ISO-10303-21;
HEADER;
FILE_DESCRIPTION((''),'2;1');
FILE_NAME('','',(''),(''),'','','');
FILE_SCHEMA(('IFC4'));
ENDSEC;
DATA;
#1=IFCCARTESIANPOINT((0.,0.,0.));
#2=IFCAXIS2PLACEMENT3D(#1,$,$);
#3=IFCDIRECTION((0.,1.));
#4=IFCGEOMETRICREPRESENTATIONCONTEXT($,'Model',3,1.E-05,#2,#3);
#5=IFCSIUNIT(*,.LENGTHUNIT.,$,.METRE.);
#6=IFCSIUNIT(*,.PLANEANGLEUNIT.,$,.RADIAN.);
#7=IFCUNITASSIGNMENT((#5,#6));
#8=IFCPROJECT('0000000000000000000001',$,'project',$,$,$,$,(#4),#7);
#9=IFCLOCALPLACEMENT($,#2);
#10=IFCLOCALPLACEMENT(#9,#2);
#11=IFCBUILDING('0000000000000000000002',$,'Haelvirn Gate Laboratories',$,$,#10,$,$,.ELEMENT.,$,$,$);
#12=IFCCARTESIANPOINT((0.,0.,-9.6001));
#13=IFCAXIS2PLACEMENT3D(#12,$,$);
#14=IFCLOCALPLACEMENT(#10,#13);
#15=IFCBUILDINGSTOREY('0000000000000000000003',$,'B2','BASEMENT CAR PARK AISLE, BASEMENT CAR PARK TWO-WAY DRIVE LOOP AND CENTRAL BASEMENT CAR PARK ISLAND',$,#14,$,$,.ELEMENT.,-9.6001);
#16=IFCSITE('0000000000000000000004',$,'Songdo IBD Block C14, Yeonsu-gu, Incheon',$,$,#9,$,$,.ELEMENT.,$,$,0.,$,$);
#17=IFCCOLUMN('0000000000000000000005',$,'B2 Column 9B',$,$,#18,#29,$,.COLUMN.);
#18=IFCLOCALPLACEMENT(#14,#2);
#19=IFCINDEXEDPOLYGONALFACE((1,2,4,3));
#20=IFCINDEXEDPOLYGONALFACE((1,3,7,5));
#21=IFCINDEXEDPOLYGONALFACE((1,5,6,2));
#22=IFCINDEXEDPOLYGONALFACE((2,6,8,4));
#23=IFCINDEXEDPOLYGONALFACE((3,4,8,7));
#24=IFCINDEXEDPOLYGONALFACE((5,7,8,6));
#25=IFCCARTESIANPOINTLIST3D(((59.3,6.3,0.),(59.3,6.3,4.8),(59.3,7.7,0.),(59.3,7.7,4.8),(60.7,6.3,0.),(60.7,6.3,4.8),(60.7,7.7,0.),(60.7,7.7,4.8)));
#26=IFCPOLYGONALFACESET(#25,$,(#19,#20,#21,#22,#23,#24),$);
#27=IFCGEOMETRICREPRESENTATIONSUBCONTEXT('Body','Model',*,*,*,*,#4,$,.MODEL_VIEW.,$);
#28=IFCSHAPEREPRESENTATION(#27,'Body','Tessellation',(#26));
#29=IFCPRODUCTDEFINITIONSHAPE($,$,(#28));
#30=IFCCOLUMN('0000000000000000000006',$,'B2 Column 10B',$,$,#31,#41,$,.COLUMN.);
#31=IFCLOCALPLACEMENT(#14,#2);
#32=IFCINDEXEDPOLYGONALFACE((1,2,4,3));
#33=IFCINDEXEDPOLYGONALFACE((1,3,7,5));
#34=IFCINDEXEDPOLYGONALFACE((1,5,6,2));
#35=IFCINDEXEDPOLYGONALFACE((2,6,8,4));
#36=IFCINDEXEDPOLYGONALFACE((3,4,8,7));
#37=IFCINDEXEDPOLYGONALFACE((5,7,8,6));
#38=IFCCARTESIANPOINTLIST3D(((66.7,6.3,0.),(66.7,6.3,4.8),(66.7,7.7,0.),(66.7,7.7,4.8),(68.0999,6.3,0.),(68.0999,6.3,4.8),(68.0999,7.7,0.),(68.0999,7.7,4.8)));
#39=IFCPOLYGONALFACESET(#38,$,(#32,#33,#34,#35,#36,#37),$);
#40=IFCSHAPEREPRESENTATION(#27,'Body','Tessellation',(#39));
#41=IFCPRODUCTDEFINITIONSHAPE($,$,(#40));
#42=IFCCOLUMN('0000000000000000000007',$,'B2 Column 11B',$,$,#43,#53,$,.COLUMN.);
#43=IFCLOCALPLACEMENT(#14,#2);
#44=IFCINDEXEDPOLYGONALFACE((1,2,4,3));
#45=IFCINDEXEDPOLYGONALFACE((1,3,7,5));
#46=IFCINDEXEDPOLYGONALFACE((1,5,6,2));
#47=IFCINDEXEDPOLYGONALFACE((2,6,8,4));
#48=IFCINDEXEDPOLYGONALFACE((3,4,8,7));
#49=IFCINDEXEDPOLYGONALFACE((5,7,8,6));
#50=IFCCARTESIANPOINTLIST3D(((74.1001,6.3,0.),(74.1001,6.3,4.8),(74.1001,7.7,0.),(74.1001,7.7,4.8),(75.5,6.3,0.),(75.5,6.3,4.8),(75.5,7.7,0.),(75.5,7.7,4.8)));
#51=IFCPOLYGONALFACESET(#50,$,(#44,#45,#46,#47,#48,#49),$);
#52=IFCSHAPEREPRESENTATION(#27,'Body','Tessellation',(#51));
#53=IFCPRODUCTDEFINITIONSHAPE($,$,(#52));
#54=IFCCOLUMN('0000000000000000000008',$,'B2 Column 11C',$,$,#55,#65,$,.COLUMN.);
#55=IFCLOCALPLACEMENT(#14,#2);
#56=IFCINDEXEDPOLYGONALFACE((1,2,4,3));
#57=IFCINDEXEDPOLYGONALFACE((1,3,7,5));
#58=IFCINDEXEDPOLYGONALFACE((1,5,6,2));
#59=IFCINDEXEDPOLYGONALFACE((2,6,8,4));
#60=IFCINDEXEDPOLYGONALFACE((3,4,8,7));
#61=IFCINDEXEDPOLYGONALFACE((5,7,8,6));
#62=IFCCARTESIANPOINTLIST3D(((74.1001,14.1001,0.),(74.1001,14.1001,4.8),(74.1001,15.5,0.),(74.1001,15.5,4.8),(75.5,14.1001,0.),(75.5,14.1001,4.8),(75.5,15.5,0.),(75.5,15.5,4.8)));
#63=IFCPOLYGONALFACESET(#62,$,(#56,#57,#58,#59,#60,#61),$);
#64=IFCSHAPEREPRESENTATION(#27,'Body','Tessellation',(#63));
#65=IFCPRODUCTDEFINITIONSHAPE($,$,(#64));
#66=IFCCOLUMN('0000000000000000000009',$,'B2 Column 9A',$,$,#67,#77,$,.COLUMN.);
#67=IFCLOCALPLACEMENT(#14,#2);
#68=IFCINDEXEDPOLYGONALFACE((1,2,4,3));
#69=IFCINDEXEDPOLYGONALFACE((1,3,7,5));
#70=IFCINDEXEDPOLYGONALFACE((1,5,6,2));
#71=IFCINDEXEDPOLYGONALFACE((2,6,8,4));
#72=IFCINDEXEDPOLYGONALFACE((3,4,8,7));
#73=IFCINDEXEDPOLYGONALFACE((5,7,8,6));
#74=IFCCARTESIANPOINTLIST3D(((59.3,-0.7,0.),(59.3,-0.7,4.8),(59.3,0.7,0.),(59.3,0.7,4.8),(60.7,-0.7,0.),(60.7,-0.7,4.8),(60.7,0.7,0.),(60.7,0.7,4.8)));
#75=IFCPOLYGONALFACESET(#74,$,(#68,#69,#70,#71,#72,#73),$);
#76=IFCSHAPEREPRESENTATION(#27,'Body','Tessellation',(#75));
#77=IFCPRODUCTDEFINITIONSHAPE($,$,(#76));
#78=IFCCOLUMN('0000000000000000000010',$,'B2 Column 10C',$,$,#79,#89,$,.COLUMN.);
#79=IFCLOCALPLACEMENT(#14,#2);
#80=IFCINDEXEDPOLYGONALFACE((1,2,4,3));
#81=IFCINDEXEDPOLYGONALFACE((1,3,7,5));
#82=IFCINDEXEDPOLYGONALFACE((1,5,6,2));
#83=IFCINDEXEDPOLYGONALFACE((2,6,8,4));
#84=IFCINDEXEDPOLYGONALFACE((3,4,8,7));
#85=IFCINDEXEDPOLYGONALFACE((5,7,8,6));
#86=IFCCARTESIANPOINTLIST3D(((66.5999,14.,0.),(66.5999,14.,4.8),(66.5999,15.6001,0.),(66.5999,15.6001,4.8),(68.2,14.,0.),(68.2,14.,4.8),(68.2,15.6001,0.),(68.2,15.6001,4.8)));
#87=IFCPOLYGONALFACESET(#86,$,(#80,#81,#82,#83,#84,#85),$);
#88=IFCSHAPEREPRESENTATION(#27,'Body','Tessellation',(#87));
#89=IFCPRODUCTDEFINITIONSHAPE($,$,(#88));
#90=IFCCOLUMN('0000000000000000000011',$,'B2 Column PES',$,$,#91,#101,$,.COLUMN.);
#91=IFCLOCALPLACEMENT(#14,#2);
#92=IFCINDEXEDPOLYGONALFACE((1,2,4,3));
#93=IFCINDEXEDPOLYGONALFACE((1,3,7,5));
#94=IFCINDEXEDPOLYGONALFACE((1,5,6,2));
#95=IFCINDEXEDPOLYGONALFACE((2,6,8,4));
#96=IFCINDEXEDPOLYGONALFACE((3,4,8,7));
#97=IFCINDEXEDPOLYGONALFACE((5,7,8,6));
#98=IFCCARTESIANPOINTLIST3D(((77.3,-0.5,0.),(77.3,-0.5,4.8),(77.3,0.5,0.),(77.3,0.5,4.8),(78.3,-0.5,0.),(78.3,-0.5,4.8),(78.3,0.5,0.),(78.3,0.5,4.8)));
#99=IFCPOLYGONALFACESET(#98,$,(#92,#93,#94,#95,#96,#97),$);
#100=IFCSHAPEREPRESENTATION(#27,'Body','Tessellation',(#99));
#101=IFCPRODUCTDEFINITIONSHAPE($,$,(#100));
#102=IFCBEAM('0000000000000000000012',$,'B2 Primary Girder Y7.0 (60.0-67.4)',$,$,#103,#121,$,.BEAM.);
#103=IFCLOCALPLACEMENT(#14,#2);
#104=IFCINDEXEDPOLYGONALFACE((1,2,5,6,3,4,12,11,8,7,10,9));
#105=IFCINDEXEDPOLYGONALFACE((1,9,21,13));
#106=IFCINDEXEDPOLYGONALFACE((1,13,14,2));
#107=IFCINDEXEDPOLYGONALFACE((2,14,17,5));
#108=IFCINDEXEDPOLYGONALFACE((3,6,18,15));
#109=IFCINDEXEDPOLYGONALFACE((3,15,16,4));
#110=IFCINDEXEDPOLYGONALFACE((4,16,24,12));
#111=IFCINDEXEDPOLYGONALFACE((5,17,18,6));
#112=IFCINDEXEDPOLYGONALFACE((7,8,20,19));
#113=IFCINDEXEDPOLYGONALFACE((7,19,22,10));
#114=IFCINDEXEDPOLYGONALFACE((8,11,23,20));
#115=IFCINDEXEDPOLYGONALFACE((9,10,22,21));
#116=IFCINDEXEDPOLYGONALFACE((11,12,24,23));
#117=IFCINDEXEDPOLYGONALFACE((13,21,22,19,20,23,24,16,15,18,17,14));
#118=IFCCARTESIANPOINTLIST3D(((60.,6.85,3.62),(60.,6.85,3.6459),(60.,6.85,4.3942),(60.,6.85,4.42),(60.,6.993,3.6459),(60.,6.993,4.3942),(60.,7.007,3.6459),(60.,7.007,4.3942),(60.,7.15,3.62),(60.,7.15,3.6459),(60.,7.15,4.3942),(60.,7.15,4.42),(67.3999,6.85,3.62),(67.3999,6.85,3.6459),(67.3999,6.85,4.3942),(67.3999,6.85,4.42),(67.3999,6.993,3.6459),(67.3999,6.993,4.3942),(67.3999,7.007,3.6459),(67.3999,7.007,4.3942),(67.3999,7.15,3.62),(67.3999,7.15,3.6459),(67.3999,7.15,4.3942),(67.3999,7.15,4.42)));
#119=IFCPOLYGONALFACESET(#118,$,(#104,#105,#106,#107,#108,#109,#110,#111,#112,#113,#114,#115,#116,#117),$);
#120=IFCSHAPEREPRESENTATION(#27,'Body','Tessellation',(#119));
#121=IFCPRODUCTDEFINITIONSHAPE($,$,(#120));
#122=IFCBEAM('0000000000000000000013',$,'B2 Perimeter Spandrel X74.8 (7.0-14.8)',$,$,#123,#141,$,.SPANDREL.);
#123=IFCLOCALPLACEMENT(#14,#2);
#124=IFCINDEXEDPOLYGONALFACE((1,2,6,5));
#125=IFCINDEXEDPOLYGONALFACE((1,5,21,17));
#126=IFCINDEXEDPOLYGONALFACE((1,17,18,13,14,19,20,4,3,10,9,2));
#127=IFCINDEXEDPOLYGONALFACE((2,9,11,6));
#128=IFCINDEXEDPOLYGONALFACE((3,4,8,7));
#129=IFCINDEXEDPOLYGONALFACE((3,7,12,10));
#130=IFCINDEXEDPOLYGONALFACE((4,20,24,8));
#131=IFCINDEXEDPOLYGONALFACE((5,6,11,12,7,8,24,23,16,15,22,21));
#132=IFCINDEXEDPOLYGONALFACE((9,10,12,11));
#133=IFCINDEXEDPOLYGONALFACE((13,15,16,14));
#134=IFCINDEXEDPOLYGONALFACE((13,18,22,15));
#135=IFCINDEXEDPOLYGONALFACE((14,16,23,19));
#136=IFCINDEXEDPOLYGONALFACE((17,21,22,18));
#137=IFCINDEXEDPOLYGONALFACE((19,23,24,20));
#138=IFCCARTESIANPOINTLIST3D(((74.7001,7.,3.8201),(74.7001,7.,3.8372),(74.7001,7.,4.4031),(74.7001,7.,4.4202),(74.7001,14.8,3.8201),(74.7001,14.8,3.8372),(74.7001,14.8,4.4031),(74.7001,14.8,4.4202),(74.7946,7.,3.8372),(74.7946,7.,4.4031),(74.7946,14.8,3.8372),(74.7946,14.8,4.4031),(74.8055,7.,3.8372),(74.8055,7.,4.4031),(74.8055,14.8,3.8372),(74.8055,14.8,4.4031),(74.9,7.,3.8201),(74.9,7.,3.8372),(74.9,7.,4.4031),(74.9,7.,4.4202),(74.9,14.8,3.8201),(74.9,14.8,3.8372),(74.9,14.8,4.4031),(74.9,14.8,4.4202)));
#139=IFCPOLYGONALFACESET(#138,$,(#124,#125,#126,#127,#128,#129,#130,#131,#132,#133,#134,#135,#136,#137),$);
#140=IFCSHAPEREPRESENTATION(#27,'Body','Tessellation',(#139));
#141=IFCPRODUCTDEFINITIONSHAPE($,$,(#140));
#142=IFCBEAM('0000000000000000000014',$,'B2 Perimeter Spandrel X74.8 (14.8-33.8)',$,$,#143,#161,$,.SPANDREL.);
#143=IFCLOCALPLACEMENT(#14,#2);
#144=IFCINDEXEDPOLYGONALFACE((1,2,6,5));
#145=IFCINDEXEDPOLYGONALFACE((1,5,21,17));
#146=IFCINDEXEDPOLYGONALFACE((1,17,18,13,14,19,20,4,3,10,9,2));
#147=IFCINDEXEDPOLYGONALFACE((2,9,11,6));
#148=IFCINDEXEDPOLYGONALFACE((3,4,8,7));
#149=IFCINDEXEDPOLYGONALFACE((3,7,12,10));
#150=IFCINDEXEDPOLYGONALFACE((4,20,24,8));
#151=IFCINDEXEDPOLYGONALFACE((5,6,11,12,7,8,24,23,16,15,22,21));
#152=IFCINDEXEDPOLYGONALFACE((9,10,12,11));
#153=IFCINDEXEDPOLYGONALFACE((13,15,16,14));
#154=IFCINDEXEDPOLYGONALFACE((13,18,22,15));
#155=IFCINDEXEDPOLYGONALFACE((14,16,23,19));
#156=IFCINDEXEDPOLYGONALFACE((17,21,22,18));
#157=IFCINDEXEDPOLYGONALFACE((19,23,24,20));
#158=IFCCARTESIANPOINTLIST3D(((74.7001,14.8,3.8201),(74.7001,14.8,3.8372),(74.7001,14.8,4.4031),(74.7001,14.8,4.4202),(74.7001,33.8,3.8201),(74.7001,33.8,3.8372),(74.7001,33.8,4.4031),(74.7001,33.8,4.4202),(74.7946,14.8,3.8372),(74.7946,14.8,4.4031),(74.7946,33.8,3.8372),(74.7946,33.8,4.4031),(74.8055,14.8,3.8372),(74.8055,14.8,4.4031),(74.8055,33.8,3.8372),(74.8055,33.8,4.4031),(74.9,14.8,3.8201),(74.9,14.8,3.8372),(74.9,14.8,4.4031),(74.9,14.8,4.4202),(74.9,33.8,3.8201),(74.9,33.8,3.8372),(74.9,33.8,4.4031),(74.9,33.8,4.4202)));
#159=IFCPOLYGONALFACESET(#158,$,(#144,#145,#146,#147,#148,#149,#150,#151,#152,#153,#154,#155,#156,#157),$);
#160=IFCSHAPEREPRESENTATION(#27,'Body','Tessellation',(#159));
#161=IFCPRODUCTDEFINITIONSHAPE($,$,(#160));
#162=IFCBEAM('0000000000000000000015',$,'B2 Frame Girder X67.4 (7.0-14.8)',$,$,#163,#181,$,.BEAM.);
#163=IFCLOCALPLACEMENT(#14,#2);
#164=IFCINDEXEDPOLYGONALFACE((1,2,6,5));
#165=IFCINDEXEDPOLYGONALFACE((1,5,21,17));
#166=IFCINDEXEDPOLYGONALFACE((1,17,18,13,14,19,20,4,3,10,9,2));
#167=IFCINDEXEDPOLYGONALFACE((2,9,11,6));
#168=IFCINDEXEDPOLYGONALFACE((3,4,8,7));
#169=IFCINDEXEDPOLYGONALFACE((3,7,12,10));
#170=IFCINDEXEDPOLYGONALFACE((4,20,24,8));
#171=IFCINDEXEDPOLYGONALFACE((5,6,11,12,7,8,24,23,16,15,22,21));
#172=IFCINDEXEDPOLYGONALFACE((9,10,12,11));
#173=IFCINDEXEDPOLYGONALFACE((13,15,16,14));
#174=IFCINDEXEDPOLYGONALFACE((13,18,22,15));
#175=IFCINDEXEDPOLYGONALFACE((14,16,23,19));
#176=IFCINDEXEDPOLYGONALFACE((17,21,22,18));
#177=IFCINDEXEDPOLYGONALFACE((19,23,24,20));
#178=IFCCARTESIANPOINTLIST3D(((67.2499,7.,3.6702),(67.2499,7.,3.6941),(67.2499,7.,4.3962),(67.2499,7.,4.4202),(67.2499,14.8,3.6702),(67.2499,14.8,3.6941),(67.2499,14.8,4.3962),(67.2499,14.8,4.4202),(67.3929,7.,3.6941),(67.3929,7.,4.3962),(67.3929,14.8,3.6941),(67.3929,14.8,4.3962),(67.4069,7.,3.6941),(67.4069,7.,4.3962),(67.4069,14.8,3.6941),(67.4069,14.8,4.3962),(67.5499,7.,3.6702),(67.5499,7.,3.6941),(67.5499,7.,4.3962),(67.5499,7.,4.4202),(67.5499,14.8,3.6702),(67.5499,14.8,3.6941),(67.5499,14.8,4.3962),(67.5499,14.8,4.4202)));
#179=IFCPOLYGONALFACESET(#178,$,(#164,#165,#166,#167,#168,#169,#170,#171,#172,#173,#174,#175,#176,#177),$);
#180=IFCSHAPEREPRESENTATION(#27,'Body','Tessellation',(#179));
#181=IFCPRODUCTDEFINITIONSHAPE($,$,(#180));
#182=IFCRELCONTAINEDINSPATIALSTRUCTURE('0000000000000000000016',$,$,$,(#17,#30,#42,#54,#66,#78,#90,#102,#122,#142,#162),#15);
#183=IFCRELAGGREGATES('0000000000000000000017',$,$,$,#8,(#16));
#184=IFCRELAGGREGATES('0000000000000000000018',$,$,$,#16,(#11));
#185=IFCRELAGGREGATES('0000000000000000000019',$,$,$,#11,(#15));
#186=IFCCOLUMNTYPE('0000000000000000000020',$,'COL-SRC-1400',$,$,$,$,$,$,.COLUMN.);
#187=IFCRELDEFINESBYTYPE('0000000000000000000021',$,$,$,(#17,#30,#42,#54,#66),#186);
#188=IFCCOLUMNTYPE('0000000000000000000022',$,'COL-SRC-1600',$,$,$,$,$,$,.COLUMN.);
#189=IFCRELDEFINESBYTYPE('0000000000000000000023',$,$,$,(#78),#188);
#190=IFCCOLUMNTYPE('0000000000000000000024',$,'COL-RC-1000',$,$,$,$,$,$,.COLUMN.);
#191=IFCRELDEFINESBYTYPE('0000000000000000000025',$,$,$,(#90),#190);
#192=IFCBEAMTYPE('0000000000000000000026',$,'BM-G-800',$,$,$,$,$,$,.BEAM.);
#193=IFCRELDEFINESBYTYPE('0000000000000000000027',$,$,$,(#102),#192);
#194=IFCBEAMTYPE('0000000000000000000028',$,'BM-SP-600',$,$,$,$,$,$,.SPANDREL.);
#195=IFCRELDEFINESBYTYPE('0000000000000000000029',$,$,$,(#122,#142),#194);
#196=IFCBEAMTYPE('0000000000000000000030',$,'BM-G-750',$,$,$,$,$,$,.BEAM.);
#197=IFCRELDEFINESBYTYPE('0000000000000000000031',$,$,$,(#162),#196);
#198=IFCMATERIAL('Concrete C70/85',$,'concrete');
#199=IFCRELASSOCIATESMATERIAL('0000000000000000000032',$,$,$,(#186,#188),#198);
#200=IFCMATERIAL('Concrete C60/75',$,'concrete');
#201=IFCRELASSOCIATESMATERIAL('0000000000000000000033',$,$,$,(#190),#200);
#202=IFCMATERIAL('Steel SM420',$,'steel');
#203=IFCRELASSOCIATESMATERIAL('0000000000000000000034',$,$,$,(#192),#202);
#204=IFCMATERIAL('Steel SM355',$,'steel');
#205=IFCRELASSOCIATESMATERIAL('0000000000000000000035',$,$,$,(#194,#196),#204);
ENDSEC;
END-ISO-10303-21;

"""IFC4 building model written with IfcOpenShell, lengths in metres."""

from ifc_helpers import new_model, si_unit, direction, frame, origin, origin_2d, place, context, subcontext, project, spatial, rectangle, i_section, extrude, source, transform, mapped, material, material_profile, profile_set, type_object, type_shapes, element, save


model = new_model("IFC4")

# Units and contexts
model_context = context("Model", 3, precision=1e-05, world=origin(), true_north=direction((0.0, 1.0)))
body_context = subcontext(model_context, "Body", "Model", "MODEL_VIEW")
ifc_project = project(units=[si_unit("LENGTHUNIT", "METRE"), si_unit("PLANEANGLEUNIT", "RADIAN")], contexts=[model_context])

# Site, building, storey
site_placement = place(None, origin())
site = spatial("IfcSite", under=ifc_project, at=site_placement, Name="Songdo IBD Block C14, Yeonsu-gu, Incheon", CompositionType="ELEMENT", RefElevation=0.0)
building_placement = place(site_placement, origin())
building = spatial("IfcBuilding", under=site, at=building_placement, Name="Haelvirn Gate Laboratories", CompositionType="ELEMENT")
storey_placement = place(building_placement, frame((0.0, 0.0, -9.6001)))
storey = spatial("IfcBuildingStorey", under=building, at=storey_placement, Name="B2", Description="BASEMENT CAR PARK AISLE, BASEMENT CAR PARK TWO-WAY DRIVE LOOP AND CENTRAL BASEMENT CAR PARK ISLAND", CompositionType="ELEMENT", Elevation=-9.6001)

# Columns
ifc_material_1 = material(Name="Concrete C70/85", Category="concrete")
ifc_material_profile_1 = material_profile(ifc_material_1, rectangle(XDim=1.3999, YDim=1.3999, at=origin_2d()), Name="SRC-1400x1400")
ifc_profile_set_1 = profile_set([ifc_material_profile_1], Name="Concrete C70/85")
column_type_1 = type_object("IfcColumnType", Name="COL-SRC-1400", PredefinedType="COLUMN", material=ifc_profile_set_1)
shared_shape_1 = source(origin(), body_context, "Body", "SweptSolid", [
    extrude(rectangle(XDim=1.3999, YDim=1.3999, at=origin_2d()), origin(), (0.0, 0.0, 1.0), 4.8),
])
type_shapes(column_type_1, [shared_shape_1])
for number, where, z_axis, x_axis, name in (
    (1, (60.0, 7.0, 0.0), (0.0, 0.0, 1.0), (1.0, 0.0, 0.0), "B2 Column 9B"),
    (2, (67.3999, 7.0, 0.0), (0.0, 0.0, 1.0), (1.0, 0.0, 0.0), "B2 Column 10B"),
    (3, (74.8, 7.0, 0.0), (0.0, 0.0, 1.0), (1.0, 0.0, 0.0), "B2 Column 11B"),
    (4, (74.8, 14.8, 0.0), (0.0, 0.0, 1.0), (1.0, 0.0, 0.0), "B2 Column 11C"),
    (5, (60.0, 0.0, 0.0), (0.0, 0.0, 1.0), (1.0, 0.0, 0.0), "B2 Column 9A"),
):
    element("IfcColumn", number, at=place(storey_placement, frame(where, z_axis=z_axis, x_axis=x_axis)), inside=storey, type_object=column_type_1, Name=name, PredefinedType="COLUMN", context=body_context, shape_type="MappedRepresentation", body=[
        mapped(shared_shape_1, transform((0.0, 0.0, 0.0), scale=1.0)),
    ])
ifc_material_profile_2 = material_profile(ifc_material_1, rectangle(XDim=1.6001, YDim=1.6001, at=origin_2d()), Name="SRC-1600x1600")
ifc_profile_set_2 = profile_set([ifc_material_profile_2], Name="Concrete C70/85")
column_type_2 = type_object("IfcColumnType", Name="COL-SRC-1600", PredefinedType="COLUMN", material=ifc_profile_set_2)
shared_shape_2 = source(origin(), body_context, "Body", "SweptSolid", [
    extrude(rectangle(XDim=1.6001, YDim=1.6001, at=origin_2d()), origin(), (0.0, 0.0, 1.0), 4.8),
])
type_shapes(column_type_2, [shared_shape_2])
column_1_placement = place(storey_placement, frame((67.3999, 14.8, 0.0), z_axis=(0.0, 0.0, 1.0), x_axis=(1.0, 0.0, 0.0)))
element("IfcColumn", 6, at=column_1_placement, inside=storey, type_object=column_type_2, Name="B2 Column 10C", PredefinedType="COLUMN", context=body_context, shape_type="MappedRepresentation", body=[
    mapped(shared_shape_2, transform((0.0, 0.0, 0.0), scale=1.0)),
])
ifc_material_2 = material(Name="Concrete C60/75", Category="concrete")
ifc_material_profile_3 = material_profile(ifc_material_2, rectangle(XDim=1.0, YDim=1.0, at=origin_2d()), Name="RC-1000x1000")
ifc_profile_set_3 = profile_set([ifc_material_profile_3], Name="Concrete C60/75")
column_type_3 = type_object("IfcColumnType", Name="COL-RC-1000", PredefinedType="COLUMN", material=ifc_profile_set_3)
shared_shape_3 = source(origin(), body_context, "Body", "SweptSolid", [
    extrude(rectangle(XDim=1.0, YDim=1.0, at=origin_2d()), origin(), (0.0, 0.0, 1.0), 4.8),
])
type_shapes(column_type_3, [shared_shape_3])
column_2_placement = place(storey_placement, frame((77.8, 0.0, 0.0), z_axis=(0.0, 0.0, 1.0), x_axis=(1.0, 0.0, 0.0)))
element("IfcColumn", 7, at=column_2_placement, inside=storey, type_object=column_type_3, Name="B2 Column PES", PredefinedType="COLUMN", context=body_context, shape_type="MappedRepresentation", body=[
    mapped(shared_shape_3, transform((0.0, 0.0, 0.0), scale=1.0)),
])

# Beams
ifc_material_3 = material(Name="Steel SM420", Category="steel")
ifc_material_profile_4 = material_profile(ifc_material_3, i_section(OverallWidth=0.3, OverallDepth=0.8, WebThickness=0.0139, FlangeThickness=0.0259, at=origin_2d()), Name="H-800x300x14x26")
ifc_profile_set_4 = profile_set([ifc_material_profile_4], Name="Steel SM420")
beam_type_1 = type_object("IfcBeamType", Name="BM-G-800", PredefinedType="BEAM", material=ifc_profile_set_4)
shared_shape_4 = source(origin(), body_context, "Body", "SweptSolid", [
    extrude(i_section(OverallWidth=0.3, OverallDepth=0.8, WebThickness=0.0139, FlangeThickness=0.0259, at=origin_2d()), origin(), (0.0, 0.0, 1.0), 7.3999),
])
type_shapes(beam_type_1, [shared_shape_4])
beam_1_placement = place(storey_placement, frame((60.0, 7.0, 4.02), z_axis=(1.0, 0.0, 0.0), x_axis=(0.0, 1.0, 0.0)))
element("IfcBeam", 8, at=beam_1_placement, inside=storey, type_object=beam_type_1, Name="B2 Primary Girder Y7.0 (60.0-67.4)", PredefinedType="BEAM", context=body_context, shape_type="MappedRepresentation", body=[
    mapped(shared_shape_4, transform((0.0, 0.0, 0.0), scale=1.0)),
])
ifc_material_4 = material(Name="Steel SM355", Category="steel")
ifc_material_profile_5 = material_profile(ifc_material_4, i_section(OverallWidth=0.2, OverallDepth=0.6001, WebThickness=0.011, FlangeThickness=0.0171, at=origin_2d()), Name="H-600x200x11x17")
ifc_profile_set_5 = profile_set([ifc_material_profile_5], Name="Steel SM355")
beam_type_2 = type_object("IfcBeamType", Name="BM-SP-600", PredefinedType="SPANDREL", material=ifc_profile_set_5)
shared_shape_5 = source(origin(), body_context, "Body", "SweptSolid", [
    extrude(i_section(OverallWidth=0.2, OverallDepth=0.6001, WebThickness=0.011, FlangeThickness=0.0171, at=origin_2d()), origin(), (0.0, 0.0, 1.0), 7.8),
])
beam_2_placement = place(storey_placement, frame((74.8, 7.0, 4.1201), z_axis=(0.0, 1.0, 0.0), x_axis=(-1.0, 0.0, 0.0)))
element("IfcBeam", 9, at=beam_2_placement, inside=storey, type_object=beam_type_2, Name="B2 Perimeter Spandrel X74.8 (7.0-14.8)", PredefinedType="SPANDREL", context=body_context, shape_type="MappedRepresentation", body=[
    mapped(shared_shape_5, transform((0.0, 0.0, 0.0), scale=1.0)),
])
shared_shape_6 = source(origin(), body_context, "Body", "SweptSolid", [
    extrude(i_section(OverallWidth=0.2, OverallDepth=0.6001, WebThickness=0.011, FlangeThickness=0.0171, at=origin_2d()), origin(), (0.0, 0.0, 1.0), 19.0),
])
type_shapes(beam_type_2, [shared_shape_5, shared_shape_6])
beam_3_placement = place(storey_placement, frame((74.8, 14.8, 4.1201), z_axis=(0.0, 1.0, 0.0), x_axis=(-1.0, 0.0, 0.0)))
element("IfcBeam", 10, at=beam_3_placement, inside=storey, type_object=beam_type_2, Name="B2 Perimeter Spandrel X74.8 (14.8-33.8)", PredefinedType="SPANDREL", context=body_context, shape_type="MappedRepresentation", body=[
    mapped(shared_shape_6, transform((0.0, 0.0, 0.0), scale=1.0)),
])
ifc_material_profile_6 = material_profile(ifc_material_4, i_section(OverallWidth=0.3, OverallDepth=0.75, WebThickness=0.0139, FlangeThickness=0.0239, at=origin_2d()), Name="H-750x300x14x24")
ifc_profile_set_6 = profile_set([ifc_material_profile_6], Name="Steel SM355")
beam_type_3 = type_object("IfcBeamType", Name="BM-G-750", PredefinedType="BEAM", material=ifc_profile_set_6)
shared_shape_7 = source(origin(), body_context, "Body", "SweptSolid", [
    extrude(i_section(OverallWidth=0.3, OverallDepth=0.75, WebThickness=0.0139, FlangeThickness=0.0239, at=origin_2d()), origin(), (0.0, 0.0, 1.0), 7.8),
])
beam_4_placement = place(storey_placement, frame((67.3999, 7.0, 4.0452), z_axis=(0.0, 1.0, 0.0), x_axis=(-1.0, 0.0, 0.0)))
element("IfcBeam", 11, at=beam_4_placement, inside=storey, type_object=beam_type_3, Name="B2 Frame Girder X67.4 (7.0-14.8)", PredefinedType="BEAM", context=body_context, shape_type="MappedRepresentation", body=[
    mapped(shared_shape_7, transform((0.0, 0.0, 0.0), scale=1.0)),
])

save(model, "model.ifc")
